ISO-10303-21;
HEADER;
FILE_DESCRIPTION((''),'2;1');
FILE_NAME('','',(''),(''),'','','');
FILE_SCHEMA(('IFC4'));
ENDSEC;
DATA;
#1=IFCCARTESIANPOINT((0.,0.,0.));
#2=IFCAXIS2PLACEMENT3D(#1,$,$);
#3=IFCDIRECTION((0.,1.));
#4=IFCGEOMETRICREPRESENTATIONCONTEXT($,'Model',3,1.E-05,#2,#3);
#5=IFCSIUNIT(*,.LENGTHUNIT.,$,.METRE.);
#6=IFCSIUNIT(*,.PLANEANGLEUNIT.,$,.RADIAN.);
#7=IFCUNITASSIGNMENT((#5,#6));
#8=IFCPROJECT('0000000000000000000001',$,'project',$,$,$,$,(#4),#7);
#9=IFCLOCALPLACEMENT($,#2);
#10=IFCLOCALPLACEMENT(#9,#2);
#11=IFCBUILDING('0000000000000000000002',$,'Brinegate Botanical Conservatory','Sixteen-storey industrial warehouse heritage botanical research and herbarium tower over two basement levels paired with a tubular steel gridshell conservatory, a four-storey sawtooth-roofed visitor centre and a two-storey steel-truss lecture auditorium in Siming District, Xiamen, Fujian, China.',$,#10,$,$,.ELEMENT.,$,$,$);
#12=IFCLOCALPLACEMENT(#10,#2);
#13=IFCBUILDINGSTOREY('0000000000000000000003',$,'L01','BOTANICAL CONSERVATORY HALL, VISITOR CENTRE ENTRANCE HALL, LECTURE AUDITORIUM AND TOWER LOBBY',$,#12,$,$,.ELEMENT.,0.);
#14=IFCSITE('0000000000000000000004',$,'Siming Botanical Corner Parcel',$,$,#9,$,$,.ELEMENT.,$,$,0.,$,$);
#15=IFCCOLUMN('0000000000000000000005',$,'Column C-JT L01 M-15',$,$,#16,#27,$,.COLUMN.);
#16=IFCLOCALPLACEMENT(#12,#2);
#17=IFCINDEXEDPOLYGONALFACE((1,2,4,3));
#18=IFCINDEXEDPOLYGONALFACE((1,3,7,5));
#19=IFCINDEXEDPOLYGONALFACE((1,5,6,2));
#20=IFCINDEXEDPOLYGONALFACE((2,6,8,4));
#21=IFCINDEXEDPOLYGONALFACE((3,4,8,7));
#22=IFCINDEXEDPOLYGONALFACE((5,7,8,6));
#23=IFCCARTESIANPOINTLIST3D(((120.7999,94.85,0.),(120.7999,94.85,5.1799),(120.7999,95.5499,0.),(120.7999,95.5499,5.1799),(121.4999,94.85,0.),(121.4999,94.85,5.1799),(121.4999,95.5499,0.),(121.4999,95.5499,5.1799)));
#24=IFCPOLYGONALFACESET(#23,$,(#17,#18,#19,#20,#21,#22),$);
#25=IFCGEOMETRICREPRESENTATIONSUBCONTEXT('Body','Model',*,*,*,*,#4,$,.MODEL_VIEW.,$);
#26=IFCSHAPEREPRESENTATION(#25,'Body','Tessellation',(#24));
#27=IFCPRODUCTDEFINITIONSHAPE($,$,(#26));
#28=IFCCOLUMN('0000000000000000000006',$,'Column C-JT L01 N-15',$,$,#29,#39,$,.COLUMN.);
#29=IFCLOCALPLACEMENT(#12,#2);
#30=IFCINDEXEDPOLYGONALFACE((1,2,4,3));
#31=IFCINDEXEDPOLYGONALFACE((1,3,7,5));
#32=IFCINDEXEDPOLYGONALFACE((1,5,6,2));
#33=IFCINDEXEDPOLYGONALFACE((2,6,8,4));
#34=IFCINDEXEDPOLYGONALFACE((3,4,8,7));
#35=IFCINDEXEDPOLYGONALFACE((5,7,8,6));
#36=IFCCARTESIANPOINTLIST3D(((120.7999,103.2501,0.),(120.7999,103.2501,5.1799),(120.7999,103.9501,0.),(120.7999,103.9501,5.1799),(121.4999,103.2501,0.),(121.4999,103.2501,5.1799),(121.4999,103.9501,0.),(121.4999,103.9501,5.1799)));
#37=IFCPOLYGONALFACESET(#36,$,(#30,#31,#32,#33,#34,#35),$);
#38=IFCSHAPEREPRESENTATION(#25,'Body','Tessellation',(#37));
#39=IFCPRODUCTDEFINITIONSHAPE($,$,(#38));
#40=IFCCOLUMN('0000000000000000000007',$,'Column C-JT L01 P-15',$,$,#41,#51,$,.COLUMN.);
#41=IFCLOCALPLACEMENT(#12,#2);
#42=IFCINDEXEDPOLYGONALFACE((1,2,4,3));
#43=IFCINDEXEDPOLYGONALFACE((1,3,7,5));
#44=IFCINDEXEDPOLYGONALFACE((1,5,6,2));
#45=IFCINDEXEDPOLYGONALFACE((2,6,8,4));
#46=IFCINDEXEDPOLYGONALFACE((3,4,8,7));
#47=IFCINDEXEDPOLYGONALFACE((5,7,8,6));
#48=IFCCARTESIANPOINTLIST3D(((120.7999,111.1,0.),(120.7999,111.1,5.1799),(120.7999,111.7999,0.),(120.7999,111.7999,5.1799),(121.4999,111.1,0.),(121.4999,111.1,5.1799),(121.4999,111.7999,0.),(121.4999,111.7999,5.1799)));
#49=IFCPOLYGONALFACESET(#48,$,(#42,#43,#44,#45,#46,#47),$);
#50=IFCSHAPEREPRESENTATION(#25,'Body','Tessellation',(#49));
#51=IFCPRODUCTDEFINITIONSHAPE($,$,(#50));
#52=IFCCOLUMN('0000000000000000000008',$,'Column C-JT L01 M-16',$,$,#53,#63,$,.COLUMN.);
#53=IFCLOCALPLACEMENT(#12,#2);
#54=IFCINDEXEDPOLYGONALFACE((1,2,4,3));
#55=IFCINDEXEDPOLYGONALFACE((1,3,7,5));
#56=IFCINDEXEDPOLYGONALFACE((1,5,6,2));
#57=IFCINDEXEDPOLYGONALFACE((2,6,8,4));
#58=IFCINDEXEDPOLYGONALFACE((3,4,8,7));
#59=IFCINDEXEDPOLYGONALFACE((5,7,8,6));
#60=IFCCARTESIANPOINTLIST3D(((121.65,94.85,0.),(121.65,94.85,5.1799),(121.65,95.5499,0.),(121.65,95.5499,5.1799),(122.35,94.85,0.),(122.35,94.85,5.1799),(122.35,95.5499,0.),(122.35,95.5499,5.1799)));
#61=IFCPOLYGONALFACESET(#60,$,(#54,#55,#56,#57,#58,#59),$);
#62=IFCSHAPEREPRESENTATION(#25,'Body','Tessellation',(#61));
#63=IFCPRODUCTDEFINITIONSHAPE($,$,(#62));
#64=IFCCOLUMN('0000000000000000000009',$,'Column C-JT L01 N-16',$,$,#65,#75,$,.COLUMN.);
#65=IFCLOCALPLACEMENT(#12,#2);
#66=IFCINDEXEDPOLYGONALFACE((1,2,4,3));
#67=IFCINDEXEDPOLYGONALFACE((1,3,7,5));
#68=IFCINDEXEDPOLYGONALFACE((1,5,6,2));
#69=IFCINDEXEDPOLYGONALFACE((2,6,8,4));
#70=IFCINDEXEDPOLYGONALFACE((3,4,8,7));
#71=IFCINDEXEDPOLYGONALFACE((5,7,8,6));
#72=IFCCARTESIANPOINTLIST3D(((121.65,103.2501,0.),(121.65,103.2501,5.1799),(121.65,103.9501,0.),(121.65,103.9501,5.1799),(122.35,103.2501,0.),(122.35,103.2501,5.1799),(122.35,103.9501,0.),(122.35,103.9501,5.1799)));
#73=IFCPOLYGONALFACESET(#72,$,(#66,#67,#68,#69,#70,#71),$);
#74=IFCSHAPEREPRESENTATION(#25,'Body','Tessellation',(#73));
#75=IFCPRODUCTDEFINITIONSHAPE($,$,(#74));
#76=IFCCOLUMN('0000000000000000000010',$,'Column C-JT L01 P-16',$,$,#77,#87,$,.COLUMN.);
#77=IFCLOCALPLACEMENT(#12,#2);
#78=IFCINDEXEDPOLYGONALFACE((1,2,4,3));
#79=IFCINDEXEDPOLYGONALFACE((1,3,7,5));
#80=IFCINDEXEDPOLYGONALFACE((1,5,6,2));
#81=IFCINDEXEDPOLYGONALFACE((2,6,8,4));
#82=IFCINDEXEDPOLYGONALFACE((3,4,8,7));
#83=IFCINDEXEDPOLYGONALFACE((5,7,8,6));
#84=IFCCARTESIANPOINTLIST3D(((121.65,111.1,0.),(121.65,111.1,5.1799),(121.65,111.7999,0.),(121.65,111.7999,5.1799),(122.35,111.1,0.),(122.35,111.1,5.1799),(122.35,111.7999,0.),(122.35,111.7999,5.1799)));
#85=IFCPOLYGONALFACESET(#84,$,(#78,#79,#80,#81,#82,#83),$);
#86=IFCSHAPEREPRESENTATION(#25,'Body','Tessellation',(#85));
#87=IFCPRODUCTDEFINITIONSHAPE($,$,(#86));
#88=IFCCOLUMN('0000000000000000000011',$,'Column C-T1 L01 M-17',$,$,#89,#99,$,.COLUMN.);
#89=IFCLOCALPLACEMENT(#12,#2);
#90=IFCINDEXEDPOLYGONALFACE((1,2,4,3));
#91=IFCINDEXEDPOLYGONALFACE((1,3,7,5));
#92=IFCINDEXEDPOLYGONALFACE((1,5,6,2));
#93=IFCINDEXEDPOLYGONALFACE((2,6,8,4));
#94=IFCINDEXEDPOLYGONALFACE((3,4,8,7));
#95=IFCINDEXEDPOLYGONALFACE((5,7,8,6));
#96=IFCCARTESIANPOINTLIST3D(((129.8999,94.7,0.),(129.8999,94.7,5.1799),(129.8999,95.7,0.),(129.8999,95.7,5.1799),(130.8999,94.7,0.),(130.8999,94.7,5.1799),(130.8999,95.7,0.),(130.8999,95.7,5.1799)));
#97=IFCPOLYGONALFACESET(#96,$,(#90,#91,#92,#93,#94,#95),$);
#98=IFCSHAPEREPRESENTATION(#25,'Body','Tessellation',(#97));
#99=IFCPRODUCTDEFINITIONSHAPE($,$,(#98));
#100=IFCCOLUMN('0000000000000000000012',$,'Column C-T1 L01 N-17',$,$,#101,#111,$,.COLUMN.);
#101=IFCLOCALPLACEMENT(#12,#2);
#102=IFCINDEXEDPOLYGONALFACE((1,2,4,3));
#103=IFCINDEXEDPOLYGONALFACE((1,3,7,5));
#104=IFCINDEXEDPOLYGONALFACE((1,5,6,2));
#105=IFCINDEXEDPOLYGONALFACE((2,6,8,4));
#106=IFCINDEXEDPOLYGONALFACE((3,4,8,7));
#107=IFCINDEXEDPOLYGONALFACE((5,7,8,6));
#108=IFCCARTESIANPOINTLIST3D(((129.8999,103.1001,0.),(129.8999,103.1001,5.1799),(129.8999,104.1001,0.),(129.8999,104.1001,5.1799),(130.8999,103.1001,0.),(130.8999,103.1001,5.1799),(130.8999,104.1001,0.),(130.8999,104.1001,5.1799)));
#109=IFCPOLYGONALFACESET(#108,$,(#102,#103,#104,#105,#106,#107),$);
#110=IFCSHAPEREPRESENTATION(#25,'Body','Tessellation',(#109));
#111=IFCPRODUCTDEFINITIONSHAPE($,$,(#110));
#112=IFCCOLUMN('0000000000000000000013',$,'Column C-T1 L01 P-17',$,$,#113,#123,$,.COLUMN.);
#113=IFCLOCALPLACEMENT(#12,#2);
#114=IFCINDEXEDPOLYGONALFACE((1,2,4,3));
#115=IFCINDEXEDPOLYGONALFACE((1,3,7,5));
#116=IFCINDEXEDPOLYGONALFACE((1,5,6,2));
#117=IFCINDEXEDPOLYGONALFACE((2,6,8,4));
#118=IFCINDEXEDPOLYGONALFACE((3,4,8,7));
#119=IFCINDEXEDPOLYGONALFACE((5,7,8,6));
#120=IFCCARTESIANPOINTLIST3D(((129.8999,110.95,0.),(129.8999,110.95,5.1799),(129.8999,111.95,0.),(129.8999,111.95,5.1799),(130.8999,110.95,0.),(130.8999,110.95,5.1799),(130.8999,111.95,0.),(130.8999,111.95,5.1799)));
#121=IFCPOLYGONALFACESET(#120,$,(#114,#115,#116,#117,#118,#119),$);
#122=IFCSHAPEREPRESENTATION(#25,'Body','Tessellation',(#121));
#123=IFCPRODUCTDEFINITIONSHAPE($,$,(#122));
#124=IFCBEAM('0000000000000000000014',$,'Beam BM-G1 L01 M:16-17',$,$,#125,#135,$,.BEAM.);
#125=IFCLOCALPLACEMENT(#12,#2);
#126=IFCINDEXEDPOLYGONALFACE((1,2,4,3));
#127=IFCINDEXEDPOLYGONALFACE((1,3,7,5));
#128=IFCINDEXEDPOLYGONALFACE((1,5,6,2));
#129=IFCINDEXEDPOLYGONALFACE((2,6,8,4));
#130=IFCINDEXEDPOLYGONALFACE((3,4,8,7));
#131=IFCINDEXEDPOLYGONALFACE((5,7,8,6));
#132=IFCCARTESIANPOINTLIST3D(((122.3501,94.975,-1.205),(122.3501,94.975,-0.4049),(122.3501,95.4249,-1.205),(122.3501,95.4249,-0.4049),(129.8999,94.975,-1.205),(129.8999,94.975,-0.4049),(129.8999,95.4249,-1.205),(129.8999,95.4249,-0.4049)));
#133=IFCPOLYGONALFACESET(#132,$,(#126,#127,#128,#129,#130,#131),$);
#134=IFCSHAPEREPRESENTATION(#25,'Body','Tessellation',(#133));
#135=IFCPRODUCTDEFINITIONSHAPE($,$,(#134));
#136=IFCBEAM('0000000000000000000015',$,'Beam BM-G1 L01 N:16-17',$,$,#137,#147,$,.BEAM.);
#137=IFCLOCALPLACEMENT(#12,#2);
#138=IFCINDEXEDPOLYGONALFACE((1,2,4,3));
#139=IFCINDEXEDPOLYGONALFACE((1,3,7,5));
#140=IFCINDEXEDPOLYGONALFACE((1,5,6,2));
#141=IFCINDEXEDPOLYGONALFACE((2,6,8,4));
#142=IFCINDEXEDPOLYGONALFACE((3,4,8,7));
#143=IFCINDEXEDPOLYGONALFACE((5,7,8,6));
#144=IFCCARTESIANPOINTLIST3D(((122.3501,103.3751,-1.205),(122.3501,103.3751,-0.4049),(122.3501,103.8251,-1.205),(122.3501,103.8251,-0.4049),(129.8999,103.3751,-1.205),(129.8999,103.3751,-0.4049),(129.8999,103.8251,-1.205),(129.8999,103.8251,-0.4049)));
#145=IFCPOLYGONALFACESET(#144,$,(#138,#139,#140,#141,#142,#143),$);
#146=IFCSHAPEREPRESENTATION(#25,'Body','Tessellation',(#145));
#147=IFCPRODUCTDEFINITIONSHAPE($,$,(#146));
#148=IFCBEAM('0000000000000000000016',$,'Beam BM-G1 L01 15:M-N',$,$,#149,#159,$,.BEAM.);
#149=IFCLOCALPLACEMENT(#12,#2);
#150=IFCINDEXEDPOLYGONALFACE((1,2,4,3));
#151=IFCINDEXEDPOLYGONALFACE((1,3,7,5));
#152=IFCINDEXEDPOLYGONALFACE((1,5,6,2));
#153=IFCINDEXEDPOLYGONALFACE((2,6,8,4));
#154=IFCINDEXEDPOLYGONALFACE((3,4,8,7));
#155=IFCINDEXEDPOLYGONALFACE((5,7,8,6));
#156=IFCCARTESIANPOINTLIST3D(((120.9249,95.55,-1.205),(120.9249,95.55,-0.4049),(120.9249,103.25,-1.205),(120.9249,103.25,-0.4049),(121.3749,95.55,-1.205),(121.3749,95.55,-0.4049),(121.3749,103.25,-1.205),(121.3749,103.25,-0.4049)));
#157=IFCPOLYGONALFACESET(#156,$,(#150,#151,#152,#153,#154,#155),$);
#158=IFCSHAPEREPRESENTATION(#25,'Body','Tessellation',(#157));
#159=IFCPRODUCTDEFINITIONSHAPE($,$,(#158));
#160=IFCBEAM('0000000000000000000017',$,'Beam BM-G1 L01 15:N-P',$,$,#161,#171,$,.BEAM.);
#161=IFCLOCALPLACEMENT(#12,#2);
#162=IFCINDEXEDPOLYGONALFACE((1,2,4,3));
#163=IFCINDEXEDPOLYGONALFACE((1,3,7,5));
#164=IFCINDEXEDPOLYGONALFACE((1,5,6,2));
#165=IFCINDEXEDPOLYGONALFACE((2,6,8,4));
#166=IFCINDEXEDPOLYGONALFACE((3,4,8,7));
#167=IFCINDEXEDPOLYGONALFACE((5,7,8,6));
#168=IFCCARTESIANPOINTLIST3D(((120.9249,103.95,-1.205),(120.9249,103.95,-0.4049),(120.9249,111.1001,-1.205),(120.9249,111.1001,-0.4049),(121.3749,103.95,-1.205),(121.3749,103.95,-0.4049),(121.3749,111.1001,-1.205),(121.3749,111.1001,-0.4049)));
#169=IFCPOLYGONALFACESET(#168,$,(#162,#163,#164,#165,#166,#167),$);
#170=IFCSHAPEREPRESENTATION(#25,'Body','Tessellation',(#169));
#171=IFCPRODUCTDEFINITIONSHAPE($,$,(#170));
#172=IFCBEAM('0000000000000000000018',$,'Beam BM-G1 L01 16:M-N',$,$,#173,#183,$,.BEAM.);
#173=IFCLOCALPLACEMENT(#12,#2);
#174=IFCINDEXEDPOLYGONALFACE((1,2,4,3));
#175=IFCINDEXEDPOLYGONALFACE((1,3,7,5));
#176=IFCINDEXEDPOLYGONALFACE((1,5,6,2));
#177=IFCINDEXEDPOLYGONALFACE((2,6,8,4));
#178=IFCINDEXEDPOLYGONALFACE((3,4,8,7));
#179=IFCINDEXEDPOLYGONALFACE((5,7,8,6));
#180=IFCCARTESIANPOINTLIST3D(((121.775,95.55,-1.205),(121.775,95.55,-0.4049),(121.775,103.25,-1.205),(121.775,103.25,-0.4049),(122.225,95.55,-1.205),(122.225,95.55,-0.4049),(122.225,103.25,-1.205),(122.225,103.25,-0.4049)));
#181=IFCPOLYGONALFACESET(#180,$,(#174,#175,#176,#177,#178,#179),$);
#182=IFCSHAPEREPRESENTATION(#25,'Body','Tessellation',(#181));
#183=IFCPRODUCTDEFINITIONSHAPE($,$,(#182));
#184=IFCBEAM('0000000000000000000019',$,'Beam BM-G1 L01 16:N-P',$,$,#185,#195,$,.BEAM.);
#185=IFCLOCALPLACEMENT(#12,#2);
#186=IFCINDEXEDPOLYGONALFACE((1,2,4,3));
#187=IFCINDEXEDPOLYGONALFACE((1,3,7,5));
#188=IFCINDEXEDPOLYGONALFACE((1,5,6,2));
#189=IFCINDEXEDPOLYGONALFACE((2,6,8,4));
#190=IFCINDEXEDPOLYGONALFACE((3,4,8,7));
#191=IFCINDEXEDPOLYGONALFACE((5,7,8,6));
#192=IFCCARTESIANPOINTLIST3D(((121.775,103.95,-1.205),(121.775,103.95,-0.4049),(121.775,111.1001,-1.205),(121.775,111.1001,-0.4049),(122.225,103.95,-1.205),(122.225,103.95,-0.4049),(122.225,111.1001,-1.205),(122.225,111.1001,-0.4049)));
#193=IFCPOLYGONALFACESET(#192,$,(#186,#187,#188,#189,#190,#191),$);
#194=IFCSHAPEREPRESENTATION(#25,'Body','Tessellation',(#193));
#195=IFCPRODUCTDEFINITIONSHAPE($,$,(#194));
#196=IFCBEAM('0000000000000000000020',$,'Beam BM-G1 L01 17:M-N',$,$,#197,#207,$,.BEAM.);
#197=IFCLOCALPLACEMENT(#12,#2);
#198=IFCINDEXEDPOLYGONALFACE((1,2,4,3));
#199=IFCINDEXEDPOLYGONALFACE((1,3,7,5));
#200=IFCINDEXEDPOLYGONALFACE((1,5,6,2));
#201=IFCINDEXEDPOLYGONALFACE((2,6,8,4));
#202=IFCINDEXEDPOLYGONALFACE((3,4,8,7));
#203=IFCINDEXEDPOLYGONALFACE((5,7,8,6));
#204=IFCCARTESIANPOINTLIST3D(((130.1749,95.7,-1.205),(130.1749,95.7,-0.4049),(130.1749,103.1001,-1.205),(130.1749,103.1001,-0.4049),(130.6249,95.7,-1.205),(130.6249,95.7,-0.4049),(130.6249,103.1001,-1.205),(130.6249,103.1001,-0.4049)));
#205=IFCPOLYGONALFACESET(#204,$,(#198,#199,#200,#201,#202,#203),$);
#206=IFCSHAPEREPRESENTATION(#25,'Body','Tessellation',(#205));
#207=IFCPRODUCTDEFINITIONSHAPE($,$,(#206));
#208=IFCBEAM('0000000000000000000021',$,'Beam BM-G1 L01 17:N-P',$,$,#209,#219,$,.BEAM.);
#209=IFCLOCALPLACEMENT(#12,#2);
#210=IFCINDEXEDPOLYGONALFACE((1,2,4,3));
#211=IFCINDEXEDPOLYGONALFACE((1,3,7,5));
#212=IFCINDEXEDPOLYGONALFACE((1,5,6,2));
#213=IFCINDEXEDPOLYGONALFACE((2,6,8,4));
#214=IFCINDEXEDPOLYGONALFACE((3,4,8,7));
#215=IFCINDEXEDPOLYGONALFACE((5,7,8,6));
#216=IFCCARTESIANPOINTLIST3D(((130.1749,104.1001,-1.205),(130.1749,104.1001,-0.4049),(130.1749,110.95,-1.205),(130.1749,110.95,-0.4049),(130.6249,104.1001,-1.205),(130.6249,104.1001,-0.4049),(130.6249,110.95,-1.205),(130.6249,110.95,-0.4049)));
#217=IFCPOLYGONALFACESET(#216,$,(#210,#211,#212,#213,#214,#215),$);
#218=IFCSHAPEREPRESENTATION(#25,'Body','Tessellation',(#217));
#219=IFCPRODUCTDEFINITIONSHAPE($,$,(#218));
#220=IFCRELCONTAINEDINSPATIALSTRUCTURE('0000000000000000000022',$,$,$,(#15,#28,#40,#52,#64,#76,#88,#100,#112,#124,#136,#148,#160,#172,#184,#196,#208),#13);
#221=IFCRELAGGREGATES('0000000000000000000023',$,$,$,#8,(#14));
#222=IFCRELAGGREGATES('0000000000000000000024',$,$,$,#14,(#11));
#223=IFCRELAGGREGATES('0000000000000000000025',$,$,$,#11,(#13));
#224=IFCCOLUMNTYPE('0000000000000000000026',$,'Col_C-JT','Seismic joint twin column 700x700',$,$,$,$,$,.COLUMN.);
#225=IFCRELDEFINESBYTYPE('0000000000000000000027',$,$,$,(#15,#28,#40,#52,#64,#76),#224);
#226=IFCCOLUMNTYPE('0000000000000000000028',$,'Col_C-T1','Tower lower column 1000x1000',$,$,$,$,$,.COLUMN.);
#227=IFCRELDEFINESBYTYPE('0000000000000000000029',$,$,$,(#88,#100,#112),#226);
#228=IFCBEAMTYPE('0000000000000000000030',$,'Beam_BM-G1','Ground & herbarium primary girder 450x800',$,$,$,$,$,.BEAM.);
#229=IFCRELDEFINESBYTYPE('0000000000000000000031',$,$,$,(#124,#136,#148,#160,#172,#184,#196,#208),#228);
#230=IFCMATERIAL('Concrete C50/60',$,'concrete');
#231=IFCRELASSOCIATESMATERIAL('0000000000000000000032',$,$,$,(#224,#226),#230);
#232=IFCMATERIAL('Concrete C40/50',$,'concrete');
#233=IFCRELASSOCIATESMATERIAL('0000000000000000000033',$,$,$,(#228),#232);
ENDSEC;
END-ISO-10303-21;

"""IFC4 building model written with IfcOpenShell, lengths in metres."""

from ifc_helpers import new_model, si_unit, direction, frame, origin, origin_2d, place, context, subcontext, project, spatial, rectangle, extrude, material, material_profile, profile_set, type_object, element, save


model = new_model("IFC4")

# Units and contexts
model_context = context("Model", 3, precision=1e-05, world=origin(), true_north=direction((0.0, 1.0)))
body_context = subcontext(model_context, "Body", "Model", "MODEL_VIEW")
ifc_project = project(units=[si_unit("LENGTHUNIT", "METRE"), si_unit("PLANEANGLEUNIT", "RADIAN")], contexts=[model_context])

# Site, building, storey
site_placement = place(None, origin())
site = spatial("IfcSite", under=ifc_project, at=site_placement, Name="Siming Botanical Corner Parcel", CompositionType="ELEMENT", RefElevation=0.0)
building_placement = place(site_placement, origin())
building = spatial("IfcBuilding", under=site, at=building_placement, Name="Brinegate Botanical Conservatory", Description="Sixteen-storey industrial warehouse heritage botanical research and herbarium tower over two basement levels paired with a tubular steel gridshell conservatory, a four-storey sawtooth-roofed visitor centre and a two-storey steel-truss lecture auditorium in Siming District, Xiamen, Fujian, China.", CompositionType="ELEMENT")
storey_placement = place(building_placement, origin())
storey = spatial("IfcBuildingStorey", under=building, at=storey_placement, Name="L01", Description="BOTANICAL CONSERVATORY HALL, VISITOR CENTRE ENTRANCE HALL, LECTURE AUDITORIUM AND TOWER LOBBY", CompositionType="ELEMENT", Elevation=0.0)

# Columns
ifc_material_1 = material(Name="Concrete C50/60", Category="concrete")
ifc_material_profile_1 = material_profile(ifc_material_1, rectangle(XDim=0.7, YDim=0.7, at=origin_2d()), Name="RC COL 700x700")
ifc_profile_set_1 = profile_set([ifc_material_profile_1], Name="Concrete C50/60")
column_type_1 = type_object("IfcColumnType", Name="Col_C-JT", Description="Seismic joint twin column 700x700", PredefinedType="COLUMN", material=ifc_profile_set_1)
for number, where, z_axis, x_axis, name in (
    (1, (121.1499, 95.2, 0.0), (0.0, 0.0, 1.0), (1.0, 0.0, 0.0), "Column C-JT L01 M-15"),
    (2, (121.1499, 103.6001, 0.0), (0.0, 0.0, 1.0), (1.0, 0.0, 0.0), "Column C-JT L01 N-15"),
    (3, (121.1499, 111.45, 0.0), (0.0, 0.0, 1.0), (1.0, 0.0, 0.0), "Column C-JT L01 P-15"),
    (4, (122.0, 95.2, 0.0), (0.0, 0.0, 1.0), (1.0, 0.0, 0.0), "Column C-JT L01 M-16"),
    (5, (122.0, 103.6001, 0.0), (0.0, 0.0, 1.0), (1.0, 0.0, 0.0), "Column C-JT L01 N-16"),
    (6, (122.0, 111.45, 0.0), (0.0, 0.0, 1.0), (1.0, 0.0, 0.0), "Column C-JT L01 P-16"),
):
    element("IfcColumn", number, at=place(storey_placement, frame(where, z_axis=z_axis, x_axis=x_axis)), inside=storey, type_object=column_type_1, Name=name, PredefinedType="COLUMN", context=body_context, shape_type="SweptSolid", body=[
        extrude(rectangle(XDim=0.7, YDim=0.7, at=origin_2d()), origin(), (0.0, 0.0, 1.0), 5.1799),
    ])
ifc_material_profile_2 = material_profile(ifc_material_1, rectangle(XDim=1.0, YDim=1.0, at=origin_2d()), Name="RC COL 1000x1000")
ifc_profile_set_2 = profile_set([ifc_material_profile_2], Name="Concrete C50/60")
column_type_2 = type_object("IfcColumnType", Name="Col_C-T1", Description="Tower lower column 1000x1000", PredefinedType="COLUMN", material=ifc_profile_set_2)
for number, where, z_axis, x_axis, name in (
    (7, (130.3999, 95.2, 0.0), (0.0, 0.0, 1.0), (1.0, 0.0, 0.0), "Column C-T1 L01 M-17"),
    (8, (130.3999, 103.6001, 0.0), (0.0, 0.0, 1.0), (1.0, 0.0, 0.0), "Column C-T1 L01 N-17"),
    (9, (130.3999, 111.45, 0.0), (0.0, 0.0, 1.0), (1.0, 0.0, 0.0), "Column C-T1 L01 P-17"),
):
    element("IfcColumn", number, at=place(storey_placement, frame(where, z_axis=z_axis, x_axis=x_axis)), inside=storey, type_object=column_type_2, Name=name, PredefinedType="COLUMN", context=body_context, shape_type="SweptSolid", body=[
        extrude(rectangle(XDim=1.0, YDim=1.0, at=origin_2d()), origin(), (0.0, 0.0, 1.0), 5.1799),
    ])

# Beams
ifc_material_2 = material(Name="Concrete C40/50", Category="concrete")
ifc_material_profile_3 = material_profile(ifc_material_2, rectangle(XDim=0.45, YDim=0.8, at=origin_2d()), Name="RC BM 450x800")
ifc_profile_set_3 = profile_set([ifc_material_profile_3], Name="Concrete C40/50")
beam_type_1 = type_object("IfcBeamType", Name="Beam_BM-G1", Description="Ground & herbarium primary girder 450x800", PredefinedType="BEAM", material=ifc_profile_set_3)
for number, where, z_axis, x_axis, name in (
    (10, (122.3501, 95.2, -0.8049), (1.0, 0.0, 0.0), (0.0, 1.0, 0.0), "Beam BM-G1 L01 M:16-17"),
    (11, (122.3501, 103.6001, -0.8049), (1.0, 0.0, 0.0), (0.0, 1.0, 0.0), "Beam BM-G1 L01 N:16-17"),
):
    element("IfcBeam", number, at=place(storey_placement, frame(where, z_axis=z_axis, x_axis=x_axis)), inside=storey, type_object=beam_type_1, Name=name, PredefinedType="BEAM", context=body_context, shape_type="SweptSolid", body=[
        extrude(rectangle(XDim=0.45, YDim=0.8, at=origin_2d()), origin(), (0.0, 0.0, 1.0), 7.5498),
    ])
beam_1_placement = place(storey_placement, frame((121.1499, 95.55, -0.8049), z_axis=(0.0, 1.0, 0.0), x_axis=(-1.0, 0.0, 0.0)))
element("IfcBeam", 12, at=beam_1_placement, inside=storey, type_object=beam_type_1, Name="Beam BM-G1 L01 15:M-N", PredefinedType="BEAM", context=body_context, shape_type="SweptSolid", body=[
    extrude(rectangle(XDim=0.45, YDim=0.8, at=origin_2d()), origin(), (0.0, 0.0, 1.0), 7.7),
])
beam_2_placement = place(storey_placement, frame((121.1499, 103.95, -0.8049), z_axis=(0.0, 1.0, 0.0), x_axis=(-1.0, 0.0, 0.0)))
element("IfcBeam", 13, at=beam_2_placement, inside=storey, type_object=beam_type_1, Name="Beam BM-G1 L01 15:N-P", PredefinedType="BEAM", context=body_context, shape_type="SweptSolid", body=[
    extrude(rectangle(XDim=0.45, YDim=0.8, at=origin_2d()), origin(), (0.0, 0.0, 1.0), 7.1501),
])
beam_3_placement = place(storey_placement, frame((122.0, 95.55, -0.8049), z_axis=(0.0, 1.0, 0.0), x_axis=(-1.0, 0.0, 0.0)))
element("IfcBeam", 14, at=beam_3_placement, inside=storey, type_object=beam_type_1, Name="Beam BM-G1 L01 16:M-N", PredefinedType="BEAM", context=body_context, shape_type="SweptSolid", body=[
    extrude(rectangle(XDim=0.45, YDim=0.8, at=origin_2d()), origin(), (0.0, 0.0, 1.0), 7.7),
])
beam_4_placement = place(storey_placement, frame((122.0, 103.95, -0.8049), z_axis=(0.0, 1.0, 0.0), x_axis=(-1.0, 0.0, 0.0)))
element("IfcBeam", 15, at=beam_4_placement, inside=storey, type_object=beam_type_1, Name="Beam BM-G1 L01 16:N-P", PredefinedType="BEAM", context=body_context, shape_type="SweptSolid", body=[
    extrude(rectangle(XDim=0.45, YDim=0.8, at=origin_2d()), origin(), (0.0, 0.0, 1.0), 7.1501),
])
beam_5_placement = place(storey_placement, frame((130.3999, 95.7, -0.8049), z_axis=(0.0, 1.0, 0.0), x_axis=(-1.0, 0.0, 0.0)))
element("IfcBeam", 16, at=beam_5_placement, inside=storey, type_object=beam_type_1, Name="Beam BM-G1 L01 17:M-N", PredefinedType="BEAM", context=body_context, shape_type="SweptSolid", body=[
    extrude(rectangle(XDim=0.45, YDim=0.8, at=origin_2d()), origin(), (0.0, 0.0, 1.0), 7.4001),
])
beam_6_placement = place(storey_placement, frame((130.3999, 104.1001, -0.8049), z_axis=(0.0, 1.0, 0.0), x_axis=(-1.0, 0.0, 0.0)))
element("IfcBeam", 17, at=beam_6_placement, inside=storey, type_object=beam_type_1, Name="Beam BM-G1 L01 17:N-P", PredefinedType="BEAM", context=body_context, shape_type="SweptSolid", body=[
    extrude(rectangle(XDim=0.45, YDim=0.8, at=origin_2d()), origin(), (0.0, 0.0, 1.0), 6.8499),
])

save(model, "model.ifc")
